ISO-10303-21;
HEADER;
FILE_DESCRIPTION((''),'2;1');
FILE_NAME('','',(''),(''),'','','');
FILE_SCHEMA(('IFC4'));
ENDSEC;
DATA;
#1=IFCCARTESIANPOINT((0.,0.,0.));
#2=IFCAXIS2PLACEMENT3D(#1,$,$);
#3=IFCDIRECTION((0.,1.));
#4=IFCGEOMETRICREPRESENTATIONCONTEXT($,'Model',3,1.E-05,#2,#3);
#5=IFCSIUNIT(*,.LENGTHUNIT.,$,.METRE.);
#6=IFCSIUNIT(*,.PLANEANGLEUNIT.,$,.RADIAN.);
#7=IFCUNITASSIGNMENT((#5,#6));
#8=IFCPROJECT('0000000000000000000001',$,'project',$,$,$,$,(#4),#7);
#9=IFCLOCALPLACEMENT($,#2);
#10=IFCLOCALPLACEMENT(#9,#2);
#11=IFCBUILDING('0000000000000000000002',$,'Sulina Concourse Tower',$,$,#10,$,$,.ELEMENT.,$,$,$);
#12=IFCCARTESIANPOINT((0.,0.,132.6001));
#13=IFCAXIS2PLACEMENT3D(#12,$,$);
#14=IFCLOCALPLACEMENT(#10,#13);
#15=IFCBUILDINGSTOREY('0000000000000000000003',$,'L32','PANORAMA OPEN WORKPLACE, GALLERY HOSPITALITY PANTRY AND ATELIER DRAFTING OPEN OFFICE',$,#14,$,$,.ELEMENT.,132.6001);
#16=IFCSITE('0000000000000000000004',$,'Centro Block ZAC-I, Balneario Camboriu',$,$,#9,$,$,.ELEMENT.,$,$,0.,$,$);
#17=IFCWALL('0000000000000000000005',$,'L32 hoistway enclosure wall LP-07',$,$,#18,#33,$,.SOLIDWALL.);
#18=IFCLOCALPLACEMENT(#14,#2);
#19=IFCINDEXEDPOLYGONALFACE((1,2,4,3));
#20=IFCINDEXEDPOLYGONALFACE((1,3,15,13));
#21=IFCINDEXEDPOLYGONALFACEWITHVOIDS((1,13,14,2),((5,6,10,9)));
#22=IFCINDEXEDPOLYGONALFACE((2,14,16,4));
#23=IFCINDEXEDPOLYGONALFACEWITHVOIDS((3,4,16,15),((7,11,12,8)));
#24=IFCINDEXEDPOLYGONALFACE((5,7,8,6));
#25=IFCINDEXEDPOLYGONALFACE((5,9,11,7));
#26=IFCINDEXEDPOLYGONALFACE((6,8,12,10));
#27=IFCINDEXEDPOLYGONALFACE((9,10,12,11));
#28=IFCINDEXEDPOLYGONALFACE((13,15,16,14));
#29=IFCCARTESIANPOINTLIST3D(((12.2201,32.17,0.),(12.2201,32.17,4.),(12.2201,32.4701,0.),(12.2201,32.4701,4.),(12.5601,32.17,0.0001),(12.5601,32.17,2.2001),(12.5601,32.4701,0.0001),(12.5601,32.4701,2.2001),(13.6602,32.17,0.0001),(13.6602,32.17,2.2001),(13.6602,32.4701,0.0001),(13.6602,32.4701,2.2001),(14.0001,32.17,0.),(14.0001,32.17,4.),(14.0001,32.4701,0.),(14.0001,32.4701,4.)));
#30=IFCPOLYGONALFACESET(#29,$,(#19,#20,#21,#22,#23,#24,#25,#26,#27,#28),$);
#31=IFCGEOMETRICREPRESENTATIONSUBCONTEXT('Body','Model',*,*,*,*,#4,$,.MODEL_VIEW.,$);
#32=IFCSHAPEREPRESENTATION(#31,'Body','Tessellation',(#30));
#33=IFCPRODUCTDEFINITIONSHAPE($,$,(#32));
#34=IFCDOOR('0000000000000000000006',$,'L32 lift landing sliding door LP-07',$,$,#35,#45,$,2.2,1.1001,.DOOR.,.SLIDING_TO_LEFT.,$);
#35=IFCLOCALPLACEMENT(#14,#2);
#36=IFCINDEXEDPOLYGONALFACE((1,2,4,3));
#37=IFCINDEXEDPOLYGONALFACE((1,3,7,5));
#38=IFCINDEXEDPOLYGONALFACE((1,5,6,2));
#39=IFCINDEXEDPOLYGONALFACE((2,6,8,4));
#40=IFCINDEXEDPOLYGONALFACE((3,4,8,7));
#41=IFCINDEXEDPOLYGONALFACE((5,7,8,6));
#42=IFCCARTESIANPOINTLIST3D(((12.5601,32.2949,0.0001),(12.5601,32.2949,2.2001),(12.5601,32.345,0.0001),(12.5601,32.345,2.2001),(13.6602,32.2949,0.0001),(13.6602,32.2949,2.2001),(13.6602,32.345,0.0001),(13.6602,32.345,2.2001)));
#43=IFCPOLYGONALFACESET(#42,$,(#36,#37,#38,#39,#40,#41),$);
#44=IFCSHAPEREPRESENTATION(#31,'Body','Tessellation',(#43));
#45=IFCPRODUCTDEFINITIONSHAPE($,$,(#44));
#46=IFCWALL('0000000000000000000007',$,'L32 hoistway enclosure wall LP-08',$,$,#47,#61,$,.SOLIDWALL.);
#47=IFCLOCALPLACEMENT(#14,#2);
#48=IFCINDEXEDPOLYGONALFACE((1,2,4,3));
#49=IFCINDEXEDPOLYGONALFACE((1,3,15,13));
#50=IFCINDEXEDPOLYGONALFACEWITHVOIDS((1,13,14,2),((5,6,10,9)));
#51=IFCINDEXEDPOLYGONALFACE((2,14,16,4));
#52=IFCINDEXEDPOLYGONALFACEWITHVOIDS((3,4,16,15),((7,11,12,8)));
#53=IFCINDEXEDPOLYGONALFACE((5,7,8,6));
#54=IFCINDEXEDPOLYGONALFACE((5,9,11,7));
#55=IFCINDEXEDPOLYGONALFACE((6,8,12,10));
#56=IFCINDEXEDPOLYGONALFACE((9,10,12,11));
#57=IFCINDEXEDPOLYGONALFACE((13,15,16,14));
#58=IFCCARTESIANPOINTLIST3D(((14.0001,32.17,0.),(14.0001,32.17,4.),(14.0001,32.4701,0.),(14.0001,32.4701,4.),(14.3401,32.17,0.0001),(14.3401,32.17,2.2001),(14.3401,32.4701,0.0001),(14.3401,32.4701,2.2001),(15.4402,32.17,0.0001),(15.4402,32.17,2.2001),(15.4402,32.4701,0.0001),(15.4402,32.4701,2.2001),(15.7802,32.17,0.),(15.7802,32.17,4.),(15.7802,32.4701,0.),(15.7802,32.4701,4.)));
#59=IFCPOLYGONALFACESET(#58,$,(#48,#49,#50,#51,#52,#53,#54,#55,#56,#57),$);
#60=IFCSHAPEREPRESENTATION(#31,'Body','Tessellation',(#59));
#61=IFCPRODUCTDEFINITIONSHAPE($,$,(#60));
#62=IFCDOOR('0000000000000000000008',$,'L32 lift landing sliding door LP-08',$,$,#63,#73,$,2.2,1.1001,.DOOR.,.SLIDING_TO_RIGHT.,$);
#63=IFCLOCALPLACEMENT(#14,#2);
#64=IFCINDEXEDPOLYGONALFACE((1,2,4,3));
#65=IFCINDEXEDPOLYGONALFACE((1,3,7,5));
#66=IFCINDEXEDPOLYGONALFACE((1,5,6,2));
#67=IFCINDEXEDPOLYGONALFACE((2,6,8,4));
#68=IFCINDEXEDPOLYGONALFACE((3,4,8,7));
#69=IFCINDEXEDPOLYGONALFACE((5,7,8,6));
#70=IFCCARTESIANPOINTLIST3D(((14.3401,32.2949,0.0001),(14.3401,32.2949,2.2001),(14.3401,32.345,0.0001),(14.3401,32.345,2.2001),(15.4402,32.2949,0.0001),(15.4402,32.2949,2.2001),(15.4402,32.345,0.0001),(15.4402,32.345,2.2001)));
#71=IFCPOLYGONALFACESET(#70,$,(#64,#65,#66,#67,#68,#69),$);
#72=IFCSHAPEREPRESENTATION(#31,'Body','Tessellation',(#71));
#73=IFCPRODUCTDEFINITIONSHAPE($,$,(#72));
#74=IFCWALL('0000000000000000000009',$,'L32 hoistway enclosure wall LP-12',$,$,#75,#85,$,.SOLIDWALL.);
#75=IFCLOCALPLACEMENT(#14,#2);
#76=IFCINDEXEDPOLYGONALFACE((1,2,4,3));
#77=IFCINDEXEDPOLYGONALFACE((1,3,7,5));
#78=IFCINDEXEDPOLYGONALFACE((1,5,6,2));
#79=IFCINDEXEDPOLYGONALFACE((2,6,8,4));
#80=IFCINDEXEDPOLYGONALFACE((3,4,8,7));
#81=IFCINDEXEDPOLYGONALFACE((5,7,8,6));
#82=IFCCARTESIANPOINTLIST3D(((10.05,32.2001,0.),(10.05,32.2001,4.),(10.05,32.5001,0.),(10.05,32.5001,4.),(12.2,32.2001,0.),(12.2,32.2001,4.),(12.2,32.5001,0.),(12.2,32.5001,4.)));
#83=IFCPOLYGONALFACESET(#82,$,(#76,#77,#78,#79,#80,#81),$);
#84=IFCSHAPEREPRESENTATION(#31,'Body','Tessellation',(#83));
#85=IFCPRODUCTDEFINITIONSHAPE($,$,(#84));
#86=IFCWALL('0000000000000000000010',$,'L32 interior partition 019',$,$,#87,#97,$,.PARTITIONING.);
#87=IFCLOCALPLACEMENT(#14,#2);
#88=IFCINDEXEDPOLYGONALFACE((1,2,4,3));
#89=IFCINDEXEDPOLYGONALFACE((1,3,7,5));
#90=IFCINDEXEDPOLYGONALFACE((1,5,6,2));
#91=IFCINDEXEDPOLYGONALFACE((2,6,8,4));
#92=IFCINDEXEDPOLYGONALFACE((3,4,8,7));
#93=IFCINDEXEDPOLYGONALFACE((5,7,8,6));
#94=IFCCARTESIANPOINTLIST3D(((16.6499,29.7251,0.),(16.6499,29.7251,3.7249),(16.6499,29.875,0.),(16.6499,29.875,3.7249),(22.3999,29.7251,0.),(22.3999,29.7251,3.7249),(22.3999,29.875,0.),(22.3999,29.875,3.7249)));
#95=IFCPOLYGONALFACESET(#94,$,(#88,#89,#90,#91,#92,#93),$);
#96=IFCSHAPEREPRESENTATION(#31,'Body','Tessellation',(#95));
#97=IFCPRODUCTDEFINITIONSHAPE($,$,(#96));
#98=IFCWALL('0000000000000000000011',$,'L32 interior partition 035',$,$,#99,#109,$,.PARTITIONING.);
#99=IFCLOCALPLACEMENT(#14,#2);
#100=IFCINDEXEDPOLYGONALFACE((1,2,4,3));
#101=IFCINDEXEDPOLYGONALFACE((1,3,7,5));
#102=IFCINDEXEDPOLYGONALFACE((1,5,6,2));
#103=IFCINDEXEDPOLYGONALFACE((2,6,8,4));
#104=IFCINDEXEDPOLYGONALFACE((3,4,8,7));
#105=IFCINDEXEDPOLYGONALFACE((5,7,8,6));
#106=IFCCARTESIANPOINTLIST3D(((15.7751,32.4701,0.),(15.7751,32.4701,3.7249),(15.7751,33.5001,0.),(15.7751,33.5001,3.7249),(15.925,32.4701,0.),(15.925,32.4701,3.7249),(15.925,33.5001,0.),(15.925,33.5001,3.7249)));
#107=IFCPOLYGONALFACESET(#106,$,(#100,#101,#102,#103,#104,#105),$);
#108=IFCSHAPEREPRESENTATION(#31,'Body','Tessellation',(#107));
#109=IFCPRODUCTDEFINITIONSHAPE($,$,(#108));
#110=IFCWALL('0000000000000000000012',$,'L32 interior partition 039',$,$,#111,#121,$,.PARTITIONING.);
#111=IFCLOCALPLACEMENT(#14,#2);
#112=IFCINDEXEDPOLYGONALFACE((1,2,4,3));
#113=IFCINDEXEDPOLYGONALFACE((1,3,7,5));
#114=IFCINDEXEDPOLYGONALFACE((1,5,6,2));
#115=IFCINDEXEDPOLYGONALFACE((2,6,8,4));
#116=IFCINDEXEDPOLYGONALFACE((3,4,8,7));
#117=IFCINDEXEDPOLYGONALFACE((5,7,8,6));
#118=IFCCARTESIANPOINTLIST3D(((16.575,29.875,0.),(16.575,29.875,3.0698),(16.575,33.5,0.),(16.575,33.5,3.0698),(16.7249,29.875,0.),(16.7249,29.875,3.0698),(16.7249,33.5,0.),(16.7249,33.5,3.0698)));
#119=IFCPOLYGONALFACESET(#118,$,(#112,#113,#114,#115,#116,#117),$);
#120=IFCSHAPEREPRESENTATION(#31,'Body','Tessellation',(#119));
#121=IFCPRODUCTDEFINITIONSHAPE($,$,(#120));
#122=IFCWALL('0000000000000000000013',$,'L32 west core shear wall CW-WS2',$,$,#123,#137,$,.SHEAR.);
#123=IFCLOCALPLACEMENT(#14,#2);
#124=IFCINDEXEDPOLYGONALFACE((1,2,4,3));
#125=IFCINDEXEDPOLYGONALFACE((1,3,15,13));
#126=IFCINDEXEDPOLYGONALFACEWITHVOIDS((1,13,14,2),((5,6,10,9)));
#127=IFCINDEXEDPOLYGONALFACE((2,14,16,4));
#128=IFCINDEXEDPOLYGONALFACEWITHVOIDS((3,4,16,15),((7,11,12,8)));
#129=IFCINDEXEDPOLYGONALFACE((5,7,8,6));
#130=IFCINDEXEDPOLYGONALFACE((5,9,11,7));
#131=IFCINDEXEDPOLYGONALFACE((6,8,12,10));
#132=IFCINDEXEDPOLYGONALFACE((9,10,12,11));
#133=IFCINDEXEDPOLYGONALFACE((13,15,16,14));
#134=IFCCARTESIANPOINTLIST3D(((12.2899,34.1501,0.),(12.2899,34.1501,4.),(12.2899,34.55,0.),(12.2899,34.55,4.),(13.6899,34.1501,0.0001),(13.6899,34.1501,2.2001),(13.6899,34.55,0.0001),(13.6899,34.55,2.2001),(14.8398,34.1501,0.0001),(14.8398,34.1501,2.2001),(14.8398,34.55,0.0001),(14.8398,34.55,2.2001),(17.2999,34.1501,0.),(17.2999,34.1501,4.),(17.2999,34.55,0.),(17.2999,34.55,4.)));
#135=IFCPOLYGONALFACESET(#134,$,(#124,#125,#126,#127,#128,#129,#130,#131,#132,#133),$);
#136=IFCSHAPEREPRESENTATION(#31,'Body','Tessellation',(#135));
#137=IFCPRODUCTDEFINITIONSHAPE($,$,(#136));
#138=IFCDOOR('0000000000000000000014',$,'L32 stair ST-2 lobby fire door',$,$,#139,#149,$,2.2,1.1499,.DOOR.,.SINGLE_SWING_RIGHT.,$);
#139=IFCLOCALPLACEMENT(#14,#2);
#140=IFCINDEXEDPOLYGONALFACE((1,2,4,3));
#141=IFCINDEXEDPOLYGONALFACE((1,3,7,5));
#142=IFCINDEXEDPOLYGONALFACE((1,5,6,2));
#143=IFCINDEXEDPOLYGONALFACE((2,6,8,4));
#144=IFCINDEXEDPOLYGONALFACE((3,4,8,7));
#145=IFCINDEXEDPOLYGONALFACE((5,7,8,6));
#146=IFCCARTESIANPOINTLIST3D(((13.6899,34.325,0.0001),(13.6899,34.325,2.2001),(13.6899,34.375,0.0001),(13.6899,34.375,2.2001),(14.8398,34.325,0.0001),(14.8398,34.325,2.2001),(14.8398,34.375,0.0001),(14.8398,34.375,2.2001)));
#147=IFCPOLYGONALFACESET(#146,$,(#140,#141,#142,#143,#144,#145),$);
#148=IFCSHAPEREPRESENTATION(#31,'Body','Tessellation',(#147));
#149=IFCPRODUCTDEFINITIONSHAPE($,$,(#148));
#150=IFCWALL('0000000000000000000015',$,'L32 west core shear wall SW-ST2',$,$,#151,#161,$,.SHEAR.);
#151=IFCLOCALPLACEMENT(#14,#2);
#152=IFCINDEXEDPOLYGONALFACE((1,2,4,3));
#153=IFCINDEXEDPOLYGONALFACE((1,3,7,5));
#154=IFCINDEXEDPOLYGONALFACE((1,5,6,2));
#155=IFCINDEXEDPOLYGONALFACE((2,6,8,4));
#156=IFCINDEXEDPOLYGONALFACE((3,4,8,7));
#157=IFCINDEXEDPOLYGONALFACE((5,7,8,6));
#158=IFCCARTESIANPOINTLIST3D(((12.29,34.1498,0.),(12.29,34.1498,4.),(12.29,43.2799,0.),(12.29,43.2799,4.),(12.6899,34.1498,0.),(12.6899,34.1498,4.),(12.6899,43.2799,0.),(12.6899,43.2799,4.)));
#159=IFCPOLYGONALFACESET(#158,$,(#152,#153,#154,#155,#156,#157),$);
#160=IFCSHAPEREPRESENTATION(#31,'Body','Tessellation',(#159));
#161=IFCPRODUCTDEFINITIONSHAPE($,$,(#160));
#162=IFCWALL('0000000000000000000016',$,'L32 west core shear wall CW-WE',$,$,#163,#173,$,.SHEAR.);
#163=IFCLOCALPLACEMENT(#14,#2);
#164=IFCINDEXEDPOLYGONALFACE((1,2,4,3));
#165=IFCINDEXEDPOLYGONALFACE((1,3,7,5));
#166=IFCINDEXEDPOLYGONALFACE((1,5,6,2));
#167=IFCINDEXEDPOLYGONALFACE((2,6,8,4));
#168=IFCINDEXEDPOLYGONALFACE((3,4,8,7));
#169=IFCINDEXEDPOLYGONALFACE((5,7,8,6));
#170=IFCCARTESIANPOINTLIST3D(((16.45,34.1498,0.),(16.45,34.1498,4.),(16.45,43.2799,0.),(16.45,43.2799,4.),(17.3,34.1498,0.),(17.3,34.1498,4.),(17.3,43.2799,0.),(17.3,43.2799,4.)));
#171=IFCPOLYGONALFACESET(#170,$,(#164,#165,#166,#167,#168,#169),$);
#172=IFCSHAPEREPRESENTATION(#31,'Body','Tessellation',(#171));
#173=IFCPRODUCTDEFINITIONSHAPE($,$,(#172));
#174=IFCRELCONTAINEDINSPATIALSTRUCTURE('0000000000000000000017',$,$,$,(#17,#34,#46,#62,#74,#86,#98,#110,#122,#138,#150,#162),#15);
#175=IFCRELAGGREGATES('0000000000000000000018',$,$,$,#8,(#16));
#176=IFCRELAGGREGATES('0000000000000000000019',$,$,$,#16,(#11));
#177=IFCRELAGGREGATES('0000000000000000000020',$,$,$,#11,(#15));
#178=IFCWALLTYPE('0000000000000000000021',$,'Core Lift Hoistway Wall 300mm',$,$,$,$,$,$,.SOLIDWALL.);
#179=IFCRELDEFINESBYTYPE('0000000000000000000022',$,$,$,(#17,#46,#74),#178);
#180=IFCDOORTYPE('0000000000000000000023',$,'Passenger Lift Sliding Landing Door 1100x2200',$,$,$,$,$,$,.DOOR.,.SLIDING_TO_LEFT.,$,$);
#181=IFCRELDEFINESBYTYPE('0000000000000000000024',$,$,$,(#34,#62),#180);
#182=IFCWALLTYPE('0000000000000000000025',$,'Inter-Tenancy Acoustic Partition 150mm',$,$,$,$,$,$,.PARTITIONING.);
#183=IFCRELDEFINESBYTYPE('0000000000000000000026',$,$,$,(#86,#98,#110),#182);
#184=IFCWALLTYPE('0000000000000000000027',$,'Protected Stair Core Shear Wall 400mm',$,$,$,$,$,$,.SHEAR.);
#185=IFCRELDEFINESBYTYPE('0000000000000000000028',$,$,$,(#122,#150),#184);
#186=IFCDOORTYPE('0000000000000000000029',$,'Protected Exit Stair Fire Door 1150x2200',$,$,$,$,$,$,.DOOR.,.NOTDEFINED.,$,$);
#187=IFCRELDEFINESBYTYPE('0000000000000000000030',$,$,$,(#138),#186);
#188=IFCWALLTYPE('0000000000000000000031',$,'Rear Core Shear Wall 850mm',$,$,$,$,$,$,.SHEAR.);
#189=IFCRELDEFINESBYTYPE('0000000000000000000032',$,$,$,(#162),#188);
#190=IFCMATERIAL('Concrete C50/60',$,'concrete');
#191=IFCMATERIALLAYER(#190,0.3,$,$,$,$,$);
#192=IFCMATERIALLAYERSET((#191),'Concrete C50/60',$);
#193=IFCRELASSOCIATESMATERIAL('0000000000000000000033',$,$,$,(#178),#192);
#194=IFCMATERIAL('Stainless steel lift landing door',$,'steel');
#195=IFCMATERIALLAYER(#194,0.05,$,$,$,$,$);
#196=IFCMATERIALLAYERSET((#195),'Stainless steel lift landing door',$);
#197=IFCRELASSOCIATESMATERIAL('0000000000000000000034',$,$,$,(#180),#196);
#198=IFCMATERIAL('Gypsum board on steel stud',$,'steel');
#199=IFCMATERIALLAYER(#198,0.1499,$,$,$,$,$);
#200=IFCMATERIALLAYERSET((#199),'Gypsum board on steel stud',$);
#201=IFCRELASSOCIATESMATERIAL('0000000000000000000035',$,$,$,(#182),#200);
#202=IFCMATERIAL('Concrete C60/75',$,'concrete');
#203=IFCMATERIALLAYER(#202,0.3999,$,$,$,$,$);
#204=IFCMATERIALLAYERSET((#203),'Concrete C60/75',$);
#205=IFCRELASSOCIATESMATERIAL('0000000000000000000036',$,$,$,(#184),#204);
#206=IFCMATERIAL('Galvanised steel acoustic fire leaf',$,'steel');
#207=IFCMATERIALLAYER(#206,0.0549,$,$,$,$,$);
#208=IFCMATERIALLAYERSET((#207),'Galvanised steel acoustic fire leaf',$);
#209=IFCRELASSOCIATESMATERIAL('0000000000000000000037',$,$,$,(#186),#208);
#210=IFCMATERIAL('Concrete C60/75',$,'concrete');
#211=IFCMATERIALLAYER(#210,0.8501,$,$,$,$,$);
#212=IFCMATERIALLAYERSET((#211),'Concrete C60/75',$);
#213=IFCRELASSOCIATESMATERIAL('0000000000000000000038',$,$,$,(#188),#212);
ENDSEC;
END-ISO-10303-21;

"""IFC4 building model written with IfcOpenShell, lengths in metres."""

from ifc_helpers import new_model, si_unit, direction, frame, frame_2d, origin, place, context, subcontext, project, spatial, rectangle, extrude, material, layer, layer_set, type_object, element, fill, save


model = new_model("IFC4")

# Units and contexts
model_context = context("Model", 3, precision=1e-05, world=origin(), true_north=direction((0.0, 1.0)))
body_context = subcontext(model_context, "Body", "Model", "MODEL_VIEW")
ifc_project = project(units=[si_unit("LENGTHUNIT", "METRE"), si_unit("PLANEANGLEUNIT", "RADIAN")], contexts=[model_context])

# Site, building, storey
site_placement = place(None, origin())
site = spatial("IfcSite", under=ifc_project, at=site_placement, Name="Centro Block ZAC-I, Balneario Camboriu", CompositionType="ELEMENT", RefElevation=0.0)
building_placement = place(site_placement, origin())
building = spatial("IfcBuilding", under=site, at=building_placement, Name="Sulina Concourse Tower", CompositionType="ELEMENT")
storey_placement = place(building_placement, frame((0.0, 0.0, 132.6001)))
storey = spatial("IfcBuildingStorey", under=building, at=storey_placement, Name="L32", Description="PANORAMA OPEN WORKPLACE, GALLERY HOSPITALITY PANTRY AND ATELIER DRAFTING OPEN OFFICE", CompositionType="ELEMENT", Elevation=132.6001)

# Walls, openings, doors
ifc_material_1 = material(Name="Concrete C50/60", Category="concrete")
ifc_layer_1 = layer(ifc_material_1, 0.3)
ifc_layer_set_1 = layer_set([ifc_layer_1], Name="Concrete C50/60")
wall_type_1 = type_object("IfcWallType", Name="Core Lift Hoistway Wall 300mm", PredefinedType="SOLIDWALL", material=ifc_layer_set_1)
ifc_material_2 = material(Name="Stainless steel lift landing door", Category="steel")
ifc_layer_2 = layer(ifc_material_2, 0.05)
ifc_layer_set_2 = layer_set([ifc_layer_2], Name="Stainless steel lift landing door")
door_type_1 = type_object("IfcDoorType", Name="Passenger Lift Sliding Landing Door 1100x2200", OperationType="SLIDING_TO_LEFT", PredefinedType="DOOR", material=ifc_layer_set_2)
wall_1_placement = place(storey_placement, frame((12.22, 32.3201, 0.0), z_axis=(0.0, 0.0, 1.0), x_axis=(1.0, 0.0, 0.0)))
wall_1 = element("IfcWall", 1, at=wall_1_placement, inside=storey, type_object=wall_type_1, Name="L32 hoistway enclosure wall LP-07", PredefinedType="SOLIDWALL", context=body_context, shape_type="SweptSolid", body=[
    extrude(rectangle(XDim=1.78, YDim=0.3, at=frame_2d((0.8901, 0.0))), origin(), (0.0, 0.0, 1.0), 4.0),
])
opening_1_placement = place(wall_1_placement, frame((0.3401, 0.0, 0.0)))
opening_1 = element("IfcOpeningElement", 2, at=opening_1_placement, cuts=wall_1, PredefinedType="OPENING", context=body_context, shape_type="SweptSolid", body=[
    extrude(rectangle(XDim=1.1001, YDim=2.2, at=frame_2d((0.55, 1.1001))), frame((0.0, 0.1599, 0.0), z_axis=(0.0, -1.0, 0.0), x_axis=(1.0, 0.0, 0.0)), (0.0, 0.0, 1.0), 0.3201),
])
door_1_placement = place(opening_1_placement, origin())
door_1 = element("IfcDoor", 3, at=door_1_placement, inside=storey, type_object=door_type_1, Name="L32 lift landing sliding door LP-07", OperationType="SLIDING_TO_LEFT", OverallHeight=2.2, OverallWidth=1.1001, PredefinedType="DOOR", context=body_context, shape_type="SweptSolid", body=[
    extrude(rectangle(XDim=1.1001, YDim=2.2, at=frame_2d((0.55, 1.1001))), frame((0.0, 0.0249, 0.0), z_axis=(0.0, -1.0, 0.0), x_axis=(1.0, 0.0, 0.0)), (0.0, 0.0, 1.0), 0.05),
])
fill(opening_1, door_1)
wall_2_placement = place(storey_placement, frame((14.0, 32.3201, 0.0), z_axis=(0.0, 0.0, 1.0), x_axis=(1.0, 0.0, 0.0)))
wall_2 = element("IfcWall", 4, at=wall_2_placement, inside=storey, type_object=wall_type_1, Name="L32 hoistway enclosure wall LP-08", PredefinedType="SOLIDWALL", context=body_context, shape_type="SweptSolid", body=[
    extrude(rectangle(XDim=1.78, YDim=0.3, at=frame_2d((0.8901, 0.0))), origin(), (0.0, 0.0, 1.0), 4.0),
])
opening_2_placement = place(wall_2_placement, frame((0.3401, 0.0, 0.0)))
opening_2 = element("IfcOpeningElement", 5, at=opening_2_placement, cuts=wall_2, PredefinedType="OPENING", context=body_context, shape_type="SweptSolid", body=[
    extrude(rectangle(XDim=1.1001, YDim=2.2, at=frame_2d((0.55, 1.1001))), frame((0.0, 0.1599, 0.0), z_axis=(0.0, -1.0, 0.0), x_axis=(1.0, 0.0, 0.0)), (0.0, 0.0, 1.0), 0.3201),
])
door_2_placement = place(opening_2_placement, origin())
door_2 = element("IfcDoor", 6, at=door_2_placement, inside=storey, type_object=door_type_1, Name="L32 lift landing sliding door LP-08", OperationType="SLIDING_TO_RIGHT", OverallHeight=2.2, OverallWidth=1.1001, PredefinedType="DOOR", context=body_context, shape_type="SweptSolid", body=[
    extrude(rectangle(XDim=1.1001, YDim=2.2, at=frame_2d((0.55, 1.1001))), frame((0.0, 0.0249, 0.0), z_axis=(0.0, -1.0, 0.0), x_axis=(1.0, 0.0, 0.0)), (0.0, 0.0, 1.0), 0.05),
])
fill(opening_2, door_2)

# Walls
wall_3_placement = place(storey_placement, frame((10.05, 32.3501, 0.0), z_axis=(0.0, 0.0, 1.0), x_axis=(1.0, 0.0, 0.0)))
element("IfcWall", 7, at=wall_3_placement, inside=storey, type_object=wall_type_1, Name="L32 hoistway enclosure wall LP-12", PredefinedType="SOLIDWALL", context=body_context, shape_type="SweptSolid", body=[
    extrude(rectangle(XDim=2.1499, YDim=0.3, at=frame_2d((1.075, 0.0))), origin(), (0.0, 0.0, 1.0), 4.0),
])
ifc_material_3 = material(Name="Gypsum board on steel stud", Category="steel")
ifc_layer_3 = layer(ifc_material_3, 0.1499)
ifc_layer_set_3 = layer_set([ifc_layer_3], Name="Gypsum board on steel stud")
wall_type_2 = type_object("IfcWallType", Name="Inter-Tenancy Acoustic Partition 150mm", PredefinedType="PARTITIONING", material=ifc_layer_set_3)
wall_4_placement = place(storey_placement, frame((16.6499, 29.8, 0.0), z_axis=(0.0, 0.0, 1.0), x_axis=(1.0, 0.0, 0.0)))
element("IfcWall", 8, at=wall_4_placement, inside=storey, type_object=wall_type_2, Name="L32 interior partition 019", PredefinedType="PARTITIONING", context=body_context, shape_type="SweptSolid", body=[
    extrude(rectangle(XDim=5.75, YDim=0.1499, at=frame_2d((2.875, 0.0))), origin(), (0.0, 0.0, 1.0), 3.7249),
])
wall_5_placement = place(storey_placement, frame((15.8501, 32.47, 0.0), z_axis=(0.0, 0.0, 1.0), x_axis=(0.0, 1.0, 0.0)))
element("IfcWall", 9, at=wall_5_placement, inside=storey, type_object=wall_type_2, Name="L32 interior partition 035", PredefinedType="PARTITIONING", context=body_context, shape_type="SweptSolid", body=[
    extrude(rectangle(XDim=1.03, YDim=0.1499, at=frame_2d((0.5151, 0.0))), origin(), (0.0, 0.0, 1.0), 3.7249),
])
wall_6_placement = place(storey_placement, frame((16.6499, 29.875, 0.0), z_axis=(0.0, 0.0, 1.0), x_axis=(0.0, 1.0, 0.0)))
element("IfcWall", 10, at=wall_6_placement, inside=storey, type_object=wall_type_2, Name="L32 interior partition 039", PredefinedType="PARTITIONING", context=body_context, shape_type="SweptSolid", body=[
    extrude(rectangle(XDim=3.625, YDim=0.1499, at=frame_2d((1.8125, 0.0))), origin(), (0.0, 0.0, 1.0), 3.0698),
])

# Wall, opening, door
ifc_material_4 = material(Name="Concrete C60/75", Category="concrete")
ifc_layer_4 = layer(ifc_material_4, 0.3999)
ifc_layer_set_4 = layer_set([ifc_layer_4], Name="Concrete C60/75")
wall_type_3 = type_object("IfcWallType", Name="Protected Stair Core Shear Wall 400mm", PredefinedType="SHEAR", material=ifc_layer_set_4)
wall_7_placement = place(storey_placement, frame((12.29, 34.3501, 0.0), z_axis=(0.0, 0.0, 1.0), x_axis=(1.0, 0.0, 0.0)))
wall_7 = element("IfcWall", 11, at=wall_7_placement, inside=storey, type_object=wall_type_3, Name="L32 west core shear wall CW-WS2", PredefinedType="SHEAR", context=body_context, shape_type="SweptSolid", body=[
    extrude(rectangle(XDim=5.01, YDim=0.3999, at=frame_2d((2.5049, 0.0))), origin(), (0.0, 0.0, 1.0), 4.0),
])
opening_3_placement = place(wall_7_placement, frame((1.3999, 0.0, 0.0)))
opening_3 = element("IfcOpeningElement", 12, at=opening_3_placement, cuts=wall_7, PredefinedType="OPENING", context=body_context, shape_type="SweptSolid", body=[
    extrude(rectangle(XDim=1.1499, YDim=2.2, at=frame_2d((0.575, 1.1001))), frame((0.0, 0.21, 0.0), z_axis=(0.0, -1.0, 0.0), x_axis=(1.0, 0.0, 0.0)), (0.0, 0.0, 1.0), 0.4199),
])
ifc_material_5 = material(Name="Galvanised steel acoustic fire leaf", Category="steel")
ifc_layer_5 = layer(ifc_material_5, 0.0549)
ifc_layer_set_5 = layer_set([ifc_layer_5], Name="Galvanised steel acoustic fire leaf")
door_type_2 = type_object("IfcDoorType", Name="Protected Exit Stair Fire Door 1150x2200", OperationType="NOTDEFINED", PredefinedType="DOOR", material=ifc_layer_set_5)
door_3_placement = place(opening_3_placement, origin())
door_3 = element("IfcDoor", 13, at=door_3_placement, inside=storey, type_object=door_type_2, Name="L32 stair ST-2 lobby fire door", OperationType="SINGLE_SWING_RIGHT", OverallHeight=2.2, OverallWidth=1.1499, PredefinedType="DOOR", context=body_context, shape_type="SweptSolid", body=[
    extrude(rectangle(XDim=1.1499, YDim=2.2, at=frame_2d((0.575, 1.1001))), frame((0.0, 0.0249, 0.0), z_axis=(0.0, -1.0, 0.0), x_axis=(1.0, 0.0, 0.0)), (0.0, 0.0, 1.0), 0.05),
])
fill(opening_3, door_3)

# Walls
wall_8_placement = place(storey_placement, frame((12.49, 34.1499, 0.0), z_axis=(0.0, 0.0, 1.0), x_axis=(0.0, 1.0, 0.0)))
element("IfcWall", 14, at=wall_8_placement, inside=storey, type_object=wall_type_3, Name="L32 west core shear wall SW-ST2", PredefinedType="SHEAR", context=body_context, shape_type="SweptSolid", body=[
    extrude(rectangle(XDim=9.1301, YDim=0.3999, at=frame_2d((4.5649, 0.0))), origin(), (0.0, 0.0, 1.0), 4.0),
])
ifc_material_6 = material(Name="Concrete C60/75", Category="concrete")
ifc_layer_6 = layer(ifc_material_6, 0.8501)
ifc_layer_set_6 = layer_set([ifc_layer_6], Name="Concrete C60/75")
wall_type_4 = type_object("IfcWallType", Name="Rear Core Shear Wall 850mm", PredefinedType="SHEAR", material=ifc_layer_set_6)
wall_9_placement = place(storey_placement, frame((16.875, 34.1499, 0.0), z_axis=(0.0, 0.0, 1.0), x_axis=(0.0, 1.0, 0.0)))
element("IfcWall", 15, at=wall_9_placement, inside=storey, type_object=wall_type_4, Name="L32 west core shear wall CW-WE", PredefinedType="SHEAR", context=body_context, shape_type="SweptSolid", body=[
    extrude(rectangle(XDim=9.1301, YDim=0.8501, at=frame_2d((4.5649, 0.0))), origin(), (0.0, 0.0, 1.0), 4.0),
])

save(model, "model.ifc")
